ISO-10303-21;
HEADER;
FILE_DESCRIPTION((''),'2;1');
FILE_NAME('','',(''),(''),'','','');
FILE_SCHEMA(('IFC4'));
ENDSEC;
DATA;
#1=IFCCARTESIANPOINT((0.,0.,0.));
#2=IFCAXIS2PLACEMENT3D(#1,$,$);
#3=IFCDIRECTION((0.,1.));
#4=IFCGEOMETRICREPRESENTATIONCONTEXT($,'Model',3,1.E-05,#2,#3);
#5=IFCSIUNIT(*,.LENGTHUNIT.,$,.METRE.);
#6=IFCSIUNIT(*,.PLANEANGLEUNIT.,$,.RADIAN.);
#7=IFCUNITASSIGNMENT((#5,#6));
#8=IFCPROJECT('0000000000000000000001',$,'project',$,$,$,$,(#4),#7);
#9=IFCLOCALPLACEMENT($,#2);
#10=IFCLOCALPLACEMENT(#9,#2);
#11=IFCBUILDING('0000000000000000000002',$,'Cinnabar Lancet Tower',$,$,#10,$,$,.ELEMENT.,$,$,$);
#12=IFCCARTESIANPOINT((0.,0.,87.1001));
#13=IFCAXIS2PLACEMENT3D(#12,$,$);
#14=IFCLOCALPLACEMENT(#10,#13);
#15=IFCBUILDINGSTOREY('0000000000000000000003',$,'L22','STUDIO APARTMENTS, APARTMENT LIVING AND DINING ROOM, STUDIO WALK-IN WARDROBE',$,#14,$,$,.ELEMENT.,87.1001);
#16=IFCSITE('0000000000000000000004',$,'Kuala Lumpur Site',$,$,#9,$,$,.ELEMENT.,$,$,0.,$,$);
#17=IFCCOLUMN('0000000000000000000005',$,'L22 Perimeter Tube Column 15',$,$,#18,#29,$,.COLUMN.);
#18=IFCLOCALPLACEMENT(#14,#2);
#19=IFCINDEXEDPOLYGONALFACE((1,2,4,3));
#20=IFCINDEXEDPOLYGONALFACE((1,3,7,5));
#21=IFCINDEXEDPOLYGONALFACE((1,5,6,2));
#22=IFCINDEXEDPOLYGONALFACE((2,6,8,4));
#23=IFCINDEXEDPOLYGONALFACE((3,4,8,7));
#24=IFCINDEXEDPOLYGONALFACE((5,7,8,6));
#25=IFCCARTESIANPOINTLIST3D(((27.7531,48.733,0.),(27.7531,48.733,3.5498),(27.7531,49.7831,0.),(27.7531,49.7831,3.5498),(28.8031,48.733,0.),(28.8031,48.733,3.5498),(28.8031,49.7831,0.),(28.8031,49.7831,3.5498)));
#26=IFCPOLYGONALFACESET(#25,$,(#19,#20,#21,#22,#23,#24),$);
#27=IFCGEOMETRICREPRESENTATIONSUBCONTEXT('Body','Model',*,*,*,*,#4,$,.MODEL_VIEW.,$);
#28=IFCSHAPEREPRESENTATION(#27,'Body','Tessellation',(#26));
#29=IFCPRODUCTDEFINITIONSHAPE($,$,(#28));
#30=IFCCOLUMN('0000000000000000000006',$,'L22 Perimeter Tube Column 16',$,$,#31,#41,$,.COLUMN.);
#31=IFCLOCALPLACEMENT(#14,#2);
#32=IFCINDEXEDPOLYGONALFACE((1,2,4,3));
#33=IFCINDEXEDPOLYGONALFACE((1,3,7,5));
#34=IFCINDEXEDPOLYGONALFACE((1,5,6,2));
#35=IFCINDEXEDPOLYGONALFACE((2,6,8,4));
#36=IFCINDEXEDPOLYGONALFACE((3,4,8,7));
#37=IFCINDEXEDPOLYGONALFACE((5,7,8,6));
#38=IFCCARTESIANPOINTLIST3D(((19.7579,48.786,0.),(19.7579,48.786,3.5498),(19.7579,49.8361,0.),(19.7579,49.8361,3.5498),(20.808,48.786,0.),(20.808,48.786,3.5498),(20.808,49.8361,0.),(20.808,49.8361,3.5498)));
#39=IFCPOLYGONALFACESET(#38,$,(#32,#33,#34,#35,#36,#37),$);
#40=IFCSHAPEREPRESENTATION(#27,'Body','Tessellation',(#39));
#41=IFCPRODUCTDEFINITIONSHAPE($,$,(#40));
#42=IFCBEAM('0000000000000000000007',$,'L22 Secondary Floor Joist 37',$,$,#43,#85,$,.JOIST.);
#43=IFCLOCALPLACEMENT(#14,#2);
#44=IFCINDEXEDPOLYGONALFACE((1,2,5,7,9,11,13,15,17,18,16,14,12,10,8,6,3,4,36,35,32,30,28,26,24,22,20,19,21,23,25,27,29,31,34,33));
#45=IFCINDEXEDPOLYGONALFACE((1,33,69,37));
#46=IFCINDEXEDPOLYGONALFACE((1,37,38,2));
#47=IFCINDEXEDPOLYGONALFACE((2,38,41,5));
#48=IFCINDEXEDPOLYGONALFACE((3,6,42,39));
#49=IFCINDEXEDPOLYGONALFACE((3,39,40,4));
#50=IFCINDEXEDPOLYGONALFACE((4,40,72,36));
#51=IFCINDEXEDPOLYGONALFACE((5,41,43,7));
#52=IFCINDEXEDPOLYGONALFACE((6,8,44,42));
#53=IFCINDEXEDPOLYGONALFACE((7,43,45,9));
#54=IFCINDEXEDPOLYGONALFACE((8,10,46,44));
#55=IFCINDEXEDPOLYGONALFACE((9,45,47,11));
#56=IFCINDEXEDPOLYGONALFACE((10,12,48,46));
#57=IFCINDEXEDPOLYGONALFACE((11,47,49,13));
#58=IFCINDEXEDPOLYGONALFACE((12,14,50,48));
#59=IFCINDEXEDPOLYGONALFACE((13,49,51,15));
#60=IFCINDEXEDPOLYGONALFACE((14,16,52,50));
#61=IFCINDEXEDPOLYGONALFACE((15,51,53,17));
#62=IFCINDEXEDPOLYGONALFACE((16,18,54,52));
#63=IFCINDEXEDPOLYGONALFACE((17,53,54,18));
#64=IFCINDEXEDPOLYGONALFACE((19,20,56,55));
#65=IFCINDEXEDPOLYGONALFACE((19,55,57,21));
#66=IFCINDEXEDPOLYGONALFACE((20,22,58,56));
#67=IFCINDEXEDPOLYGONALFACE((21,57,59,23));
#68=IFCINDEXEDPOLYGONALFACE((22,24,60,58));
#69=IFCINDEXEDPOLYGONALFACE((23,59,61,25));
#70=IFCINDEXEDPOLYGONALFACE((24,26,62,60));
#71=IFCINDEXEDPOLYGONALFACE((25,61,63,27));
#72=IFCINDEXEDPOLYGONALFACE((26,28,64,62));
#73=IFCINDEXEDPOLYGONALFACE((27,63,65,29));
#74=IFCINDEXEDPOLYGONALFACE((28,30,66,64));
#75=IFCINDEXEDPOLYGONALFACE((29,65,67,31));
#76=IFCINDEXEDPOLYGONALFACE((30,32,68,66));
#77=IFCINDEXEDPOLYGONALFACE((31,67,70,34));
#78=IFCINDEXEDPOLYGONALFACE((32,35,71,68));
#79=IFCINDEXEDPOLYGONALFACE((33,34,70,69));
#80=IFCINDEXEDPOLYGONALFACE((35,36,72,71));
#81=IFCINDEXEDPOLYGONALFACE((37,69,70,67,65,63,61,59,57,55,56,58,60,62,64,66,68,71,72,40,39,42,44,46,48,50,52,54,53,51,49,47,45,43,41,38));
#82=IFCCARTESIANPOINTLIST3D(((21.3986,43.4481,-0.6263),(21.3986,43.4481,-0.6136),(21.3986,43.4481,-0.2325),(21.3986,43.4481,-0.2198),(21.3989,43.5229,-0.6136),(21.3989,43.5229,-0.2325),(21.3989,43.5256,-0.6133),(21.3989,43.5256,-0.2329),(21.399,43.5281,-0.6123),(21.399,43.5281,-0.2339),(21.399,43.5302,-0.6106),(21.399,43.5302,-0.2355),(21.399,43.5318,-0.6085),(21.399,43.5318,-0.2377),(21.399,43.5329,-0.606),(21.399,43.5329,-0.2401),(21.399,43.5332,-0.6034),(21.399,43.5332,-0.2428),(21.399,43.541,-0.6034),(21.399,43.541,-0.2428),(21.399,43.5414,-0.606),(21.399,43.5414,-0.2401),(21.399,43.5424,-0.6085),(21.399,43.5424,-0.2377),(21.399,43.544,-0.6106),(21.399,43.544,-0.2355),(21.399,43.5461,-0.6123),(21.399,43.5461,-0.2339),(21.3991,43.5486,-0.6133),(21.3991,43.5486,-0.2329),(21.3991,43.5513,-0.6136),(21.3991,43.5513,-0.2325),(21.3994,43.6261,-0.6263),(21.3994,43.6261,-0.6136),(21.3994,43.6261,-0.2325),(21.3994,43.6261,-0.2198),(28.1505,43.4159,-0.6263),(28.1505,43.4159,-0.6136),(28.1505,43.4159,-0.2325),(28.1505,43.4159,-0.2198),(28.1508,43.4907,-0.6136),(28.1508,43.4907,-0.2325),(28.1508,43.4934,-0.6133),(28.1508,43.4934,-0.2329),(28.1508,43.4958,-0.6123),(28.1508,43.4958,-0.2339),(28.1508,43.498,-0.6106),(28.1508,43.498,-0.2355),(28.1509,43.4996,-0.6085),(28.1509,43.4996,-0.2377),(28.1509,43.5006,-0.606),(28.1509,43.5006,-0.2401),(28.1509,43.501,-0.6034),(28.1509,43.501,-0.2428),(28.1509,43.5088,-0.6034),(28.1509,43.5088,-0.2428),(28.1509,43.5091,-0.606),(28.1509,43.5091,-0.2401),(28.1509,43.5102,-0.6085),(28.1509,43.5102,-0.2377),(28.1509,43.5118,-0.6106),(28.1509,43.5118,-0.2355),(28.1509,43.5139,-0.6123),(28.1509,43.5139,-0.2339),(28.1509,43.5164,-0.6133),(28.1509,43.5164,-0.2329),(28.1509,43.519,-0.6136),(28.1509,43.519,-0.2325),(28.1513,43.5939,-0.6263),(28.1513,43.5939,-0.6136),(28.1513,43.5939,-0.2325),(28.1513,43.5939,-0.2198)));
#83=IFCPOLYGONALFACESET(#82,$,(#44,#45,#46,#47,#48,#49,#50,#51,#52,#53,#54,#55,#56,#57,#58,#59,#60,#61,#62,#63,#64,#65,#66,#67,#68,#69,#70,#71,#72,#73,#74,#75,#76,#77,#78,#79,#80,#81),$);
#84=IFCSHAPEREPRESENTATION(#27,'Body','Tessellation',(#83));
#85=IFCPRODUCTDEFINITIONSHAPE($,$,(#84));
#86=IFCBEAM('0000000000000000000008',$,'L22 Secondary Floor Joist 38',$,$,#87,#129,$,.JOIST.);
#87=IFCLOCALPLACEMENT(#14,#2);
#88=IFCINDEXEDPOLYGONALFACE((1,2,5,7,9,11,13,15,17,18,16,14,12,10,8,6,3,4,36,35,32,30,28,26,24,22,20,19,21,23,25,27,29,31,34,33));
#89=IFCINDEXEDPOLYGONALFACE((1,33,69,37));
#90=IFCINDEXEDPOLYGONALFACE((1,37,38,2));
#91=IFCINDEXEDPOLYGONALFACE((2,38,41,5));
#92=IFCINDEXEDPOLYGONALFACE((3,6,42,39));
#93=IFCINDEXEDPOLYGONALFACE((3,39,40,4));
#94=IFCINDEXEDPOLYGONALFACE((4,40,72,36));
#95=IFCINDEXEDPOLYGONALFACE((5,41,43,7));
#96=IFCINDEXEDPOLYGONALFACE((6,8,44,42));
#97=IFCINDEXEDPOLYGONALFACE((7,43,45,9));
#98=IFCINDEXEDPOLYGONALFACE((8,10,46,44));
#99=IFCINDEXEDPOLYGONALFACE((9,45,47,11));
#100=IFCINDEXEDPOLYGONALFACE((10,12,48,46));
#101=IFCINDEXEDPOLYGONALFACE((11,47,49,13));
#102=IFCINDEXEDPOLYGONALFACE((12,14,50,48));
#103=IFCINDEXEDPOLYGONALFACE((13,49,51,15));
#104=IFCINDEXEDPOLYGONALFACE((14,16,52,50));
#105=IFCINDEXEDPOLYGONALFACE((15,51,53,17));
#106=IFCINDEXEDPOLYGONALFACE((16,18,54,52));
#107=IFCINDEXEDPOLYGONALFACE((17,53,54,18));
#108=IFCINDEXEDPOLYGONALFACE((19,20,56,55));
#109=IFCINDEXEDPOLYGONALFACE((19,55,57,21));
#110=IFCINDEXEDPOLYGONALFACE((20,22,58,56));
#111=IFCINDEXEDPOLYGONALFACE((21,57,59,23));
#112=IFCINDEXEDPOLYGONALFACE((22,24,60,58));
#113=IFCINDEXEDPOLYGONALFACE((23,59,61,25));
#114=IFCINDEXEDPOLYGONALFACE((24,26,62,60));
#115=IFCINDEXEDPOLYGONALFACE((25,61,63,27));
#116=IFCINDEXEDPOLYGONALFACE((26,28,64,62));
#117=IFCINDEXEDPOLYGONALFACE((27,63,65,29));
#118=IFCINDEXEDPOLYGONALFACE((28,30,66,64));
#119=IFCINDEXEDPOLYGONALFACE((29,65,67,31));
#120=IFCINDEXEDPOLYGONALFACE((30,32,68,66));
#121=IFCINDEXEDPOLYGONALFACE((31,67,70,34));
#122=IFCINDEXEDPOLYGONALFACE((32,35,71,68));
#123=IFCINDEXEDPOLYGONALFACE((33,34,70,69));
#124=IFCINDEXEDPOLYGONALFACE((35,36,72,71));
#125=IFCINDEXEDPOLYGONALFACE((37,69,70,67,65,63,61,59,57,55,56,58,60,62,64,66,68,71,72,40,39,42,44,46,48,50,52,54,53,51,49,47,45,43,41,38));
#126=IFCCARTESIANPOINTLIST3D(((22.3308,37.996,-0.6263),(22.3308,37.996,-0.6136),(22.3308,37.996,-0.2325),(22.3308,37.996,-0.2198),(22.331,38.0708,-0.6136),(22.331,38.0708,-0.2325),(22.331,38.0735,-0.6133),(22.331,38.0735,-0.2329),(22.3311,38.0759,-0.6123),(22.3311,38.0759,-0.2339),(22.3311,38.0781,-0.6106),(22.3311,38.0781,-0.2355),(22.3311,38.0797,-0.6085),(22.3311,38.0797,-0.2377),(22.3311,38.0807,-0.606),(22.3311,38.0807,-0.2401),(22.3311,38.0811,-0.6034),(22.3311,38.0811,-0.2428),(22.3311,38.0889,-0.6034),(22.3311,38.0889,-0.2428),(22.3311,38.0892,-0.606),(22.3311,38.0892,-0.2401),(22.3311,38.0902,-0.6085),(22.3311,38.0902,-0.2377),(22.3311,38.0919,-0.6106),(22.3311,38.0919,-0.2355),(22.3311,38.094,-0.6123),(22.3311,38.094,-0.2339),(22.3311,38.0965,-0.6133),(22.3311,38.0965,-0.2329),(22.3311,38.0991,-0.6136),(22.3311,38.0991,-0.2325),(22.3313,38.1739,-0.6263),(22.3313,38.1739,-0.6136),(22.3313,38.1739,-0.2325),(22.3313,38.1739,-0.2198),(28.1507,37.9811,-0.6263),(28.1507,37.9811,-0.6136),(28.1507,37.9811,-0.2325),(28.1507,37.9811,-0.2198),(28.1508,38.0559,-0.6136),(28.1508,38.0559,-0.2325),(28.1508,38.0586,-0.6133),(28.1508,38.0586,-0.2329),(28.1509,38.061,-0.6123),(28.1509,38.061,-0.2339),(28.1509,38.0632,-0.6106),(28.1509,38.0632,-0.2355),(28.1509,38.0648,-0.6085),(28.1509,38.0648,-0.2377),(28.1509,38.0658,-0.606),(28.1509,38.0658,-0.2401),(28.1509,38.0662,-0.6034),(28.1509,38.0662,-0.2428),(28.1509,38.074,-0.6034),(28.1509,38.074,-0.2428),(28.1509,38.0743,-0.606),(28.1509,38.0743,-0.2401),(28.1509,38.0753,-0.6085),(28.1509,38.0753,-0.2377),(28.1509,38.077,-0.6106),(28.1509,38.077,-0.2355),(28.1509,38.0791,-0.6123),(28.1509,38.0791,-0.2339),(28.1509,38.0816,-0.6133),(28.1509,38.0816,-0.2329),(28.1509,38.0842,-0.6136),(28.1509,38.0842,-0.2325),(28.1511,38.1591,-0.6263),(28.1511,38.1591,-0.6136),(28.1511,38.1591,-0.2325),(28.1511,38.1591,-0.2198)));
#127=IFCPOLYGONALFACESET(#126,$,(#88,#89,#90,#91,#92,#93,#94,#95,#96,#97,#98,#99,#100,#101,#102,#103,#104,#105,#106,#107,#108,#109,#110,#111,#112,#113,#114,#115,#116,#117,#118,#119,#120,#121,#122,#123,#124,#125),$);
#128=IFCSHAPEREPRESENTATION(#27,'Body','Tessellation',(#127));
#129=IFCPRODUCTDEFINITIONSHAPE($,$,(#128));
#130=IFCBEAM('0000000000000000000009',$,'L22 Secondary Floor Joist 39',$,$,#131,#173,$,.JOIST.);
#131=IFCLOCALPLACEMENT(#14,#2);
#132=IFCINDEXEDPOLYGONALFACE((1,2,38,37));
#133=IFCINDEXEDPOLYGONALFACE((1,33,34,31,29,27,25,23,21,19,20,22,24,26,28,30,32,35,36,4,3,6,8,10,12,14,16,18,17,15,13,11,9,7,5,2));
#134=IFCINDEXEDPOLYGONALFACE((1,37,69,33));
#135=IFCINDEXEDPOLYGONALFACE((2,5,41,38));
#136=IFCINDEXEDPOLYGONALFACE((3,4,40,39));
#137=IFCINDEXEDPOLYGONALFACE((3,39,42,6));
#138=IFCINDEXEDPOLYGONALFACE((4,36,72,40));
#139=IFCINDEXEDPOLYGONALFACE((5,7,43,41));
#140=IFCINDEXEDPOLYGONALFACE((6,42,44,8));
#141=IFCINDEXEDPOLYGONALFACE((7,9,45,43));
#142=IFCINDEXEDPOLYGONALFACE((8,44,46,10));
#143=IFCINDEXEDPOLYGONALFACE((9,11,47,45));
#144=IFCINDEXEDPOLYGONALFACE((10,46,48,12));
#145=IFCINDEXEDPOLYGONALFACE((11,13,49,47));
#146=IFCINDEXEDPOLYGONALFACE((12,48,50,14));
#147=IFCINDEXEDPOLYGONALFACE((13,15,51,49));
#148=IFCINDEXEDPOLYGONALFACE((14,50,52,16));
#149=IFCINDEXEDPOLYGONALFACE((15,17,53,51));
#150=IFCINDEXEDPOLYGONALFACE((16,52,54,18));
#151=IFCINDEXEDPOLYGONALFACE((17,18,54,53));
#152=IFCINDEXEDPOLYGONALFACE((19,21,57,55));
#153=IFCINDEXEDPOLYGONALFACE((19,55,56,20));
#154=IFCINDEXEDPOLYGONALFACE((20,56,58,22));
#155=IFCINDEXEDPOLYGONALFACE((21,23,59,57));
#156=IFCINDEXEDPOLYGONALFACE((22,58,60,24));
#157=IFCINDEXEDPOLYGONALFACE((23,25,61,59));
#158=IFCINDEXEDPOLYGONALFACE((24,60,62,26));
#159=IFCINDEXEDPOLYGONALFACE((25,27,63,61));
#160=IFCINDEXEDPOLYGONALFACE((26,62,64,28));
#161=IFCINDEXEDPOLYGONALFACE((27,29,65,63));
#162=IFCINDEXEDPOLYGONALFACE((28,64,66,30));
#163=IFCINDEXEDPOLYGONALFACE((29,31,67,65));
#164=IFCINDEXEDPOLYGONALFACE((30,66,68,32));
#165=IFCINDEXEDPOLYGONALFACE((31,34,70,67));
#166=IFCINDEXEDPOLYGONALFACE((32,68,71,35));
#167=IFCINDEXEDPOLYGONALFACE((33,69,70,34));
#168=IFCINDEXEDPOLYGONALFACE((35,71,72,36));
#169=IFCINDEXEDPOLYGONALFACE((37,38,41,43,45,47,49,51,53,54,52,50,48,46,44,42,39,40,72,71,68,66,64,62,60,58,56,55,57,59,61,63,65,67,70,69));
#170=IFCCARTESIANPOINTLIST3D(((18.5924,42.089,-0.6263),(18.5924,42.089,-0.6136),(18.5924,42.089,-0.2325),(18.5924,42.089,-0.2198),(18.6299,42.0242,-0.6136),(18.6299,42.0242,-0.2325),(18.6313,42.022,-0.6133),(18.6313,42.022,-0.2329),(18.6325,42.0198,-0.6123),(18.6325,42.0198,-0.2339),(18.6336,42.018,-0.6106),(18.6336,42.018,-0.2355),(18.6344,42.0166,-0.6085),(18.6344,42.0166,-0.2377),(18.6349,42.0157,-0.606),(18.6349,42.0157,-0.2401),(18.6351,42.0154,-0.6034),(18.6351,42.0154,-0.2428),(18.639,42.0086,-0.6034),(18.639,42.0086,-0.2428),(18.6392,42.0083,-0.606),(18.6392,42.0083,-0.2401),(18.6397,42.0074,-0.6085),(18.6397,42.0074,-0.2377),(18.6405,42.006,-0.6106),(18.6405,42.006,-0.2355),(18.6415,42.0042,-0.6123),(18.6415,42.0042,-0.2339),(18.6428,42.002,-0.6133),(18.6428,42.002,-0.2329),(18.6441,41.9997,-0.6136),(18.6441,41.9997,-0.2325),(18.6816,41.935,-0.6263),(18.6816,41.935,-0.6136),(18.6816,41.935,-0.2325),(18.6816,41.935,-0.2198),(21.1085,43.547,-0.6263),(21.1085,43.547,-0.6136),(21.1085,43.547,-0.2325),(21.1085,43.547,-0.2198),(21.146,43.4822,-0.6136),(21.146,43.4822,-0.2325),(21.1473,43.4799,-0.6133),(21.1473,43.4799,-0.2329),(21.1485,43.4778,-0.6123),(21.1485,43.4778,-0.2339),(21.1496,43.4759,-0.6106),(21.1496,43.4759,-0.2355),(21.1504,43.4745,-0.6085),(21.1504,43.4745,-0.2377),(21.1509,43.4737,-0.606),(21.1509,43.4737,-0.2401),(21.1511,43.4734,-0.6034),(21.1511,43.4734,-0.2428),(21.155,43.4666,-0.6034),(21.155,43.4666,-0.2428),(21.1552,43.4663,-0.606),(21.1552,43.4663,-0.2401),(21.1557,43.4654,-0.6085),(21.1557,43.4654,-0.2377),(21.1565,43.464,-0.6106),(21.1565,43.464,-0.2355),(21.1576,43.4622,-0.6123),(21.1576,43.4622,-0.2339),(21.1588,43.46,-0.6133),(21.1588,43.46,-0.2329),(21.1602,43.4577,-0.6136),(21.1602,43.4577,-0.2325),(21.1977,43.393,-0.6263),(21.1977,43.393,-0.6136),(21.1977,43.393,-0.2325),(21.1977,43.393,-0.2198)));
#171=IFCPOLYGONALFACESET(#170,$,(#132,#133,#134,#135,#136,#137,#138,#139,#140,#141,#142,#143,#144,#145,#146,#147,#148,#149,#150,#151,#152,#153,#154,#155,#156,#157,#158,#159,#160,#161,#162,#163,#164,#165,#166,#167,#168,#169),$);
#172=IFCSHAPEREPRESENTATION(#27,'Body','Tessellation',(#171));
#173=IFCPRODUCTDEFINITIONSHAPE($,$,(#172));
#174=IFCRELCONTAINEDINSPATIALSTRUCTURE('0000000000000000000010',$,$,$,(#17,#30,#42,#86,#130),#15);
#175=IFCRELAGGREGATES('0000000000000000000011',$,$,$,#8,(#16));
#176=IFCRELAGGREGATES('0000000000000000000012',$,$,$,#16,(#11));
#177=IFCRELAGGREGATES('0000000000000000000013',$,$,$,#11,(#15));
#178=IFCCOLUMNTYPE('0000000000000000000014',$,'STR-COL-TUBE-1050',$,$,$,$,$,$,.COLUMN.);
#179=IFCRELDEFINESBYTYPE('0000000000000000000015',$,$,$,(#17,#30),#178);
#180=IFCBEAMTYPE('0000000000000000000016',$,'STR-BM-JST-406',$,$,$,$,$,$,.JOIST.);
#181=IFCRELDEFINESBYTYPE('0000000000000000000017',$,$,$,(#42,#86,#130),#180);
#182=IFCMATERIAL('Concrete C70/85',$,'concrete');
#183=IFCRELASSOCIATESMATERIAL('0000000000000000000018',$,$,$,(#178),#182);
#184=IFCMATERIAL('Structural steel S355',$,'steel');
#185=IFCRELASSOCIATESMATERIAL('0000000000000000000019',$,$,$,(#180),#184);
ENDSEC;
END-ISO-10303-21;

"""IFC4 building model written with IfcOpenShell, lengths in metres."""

from ifc_helpers import new_model, si_unit, direction, frame, origin, origin_2d, place, context, subcontext, project, spatial, rectangle, i_section, extrude, material, material_profile, profile_set, type_object, element, save


model = new_model("IFC4")

# Units and contexts
model_context = context("Model", 3, precision=1e-05, world=origin(), true_north=direction((0.0, 1.0)))
body_context = subcontext(model_context, "Body", "Model", "MODEL_VIEW")
ifc_project = project(units=[si_unit("LENGTHUNIT", "METRE"), si_unit("PLANEANGLEUNIT", "RADIAN")], contexts=[model_context])

# Site, building, storey
site_placement = place(None, origin())
site = spatial("IfcSite", under=ifc_project, at=site_placement, Name="Kuala Lumpur Site", CompositionType="ELEMENT", RefElevation=0.0)
building_placement = place(site_placement, origin())
building = spatial("IfcBuilding", under=site, at=building_placement, Name="Cinnabar Lancet Tower", CompositionType="ELEMENT")
storey_placement = place(building_placement, frame((0.0, 0.0, 87.1001)))
storey = spatial("IfcBuildingStorey", under=building, at=storey_placement, Name="L22", Description="STUDIO APARTMENTS, APARTMENT LIVING AND DINING ROOM, STUDIO WALK-IN WARDROBE", CompositionType="ELEMENT", Elevation=87.1001)

# Columns
ifc_material_1 = material(Name="Concrete C70/85", Category="concrete")
ifc_material_profile_1 = material_profile(ifc_material_1, rectangle(XDim=1.05, YDim=1.05, at=origin_2d()), Name="RC-COL 1050x1050")
ifc_profile_set_1 = profile_set([ifc_material_profile_1], Name="Concrete C70/85")
column_type = type_object("IfcColumnType", Name="STR-COL-TUBE-1050", PredefinedType="COLUMN", material=ifc_profile_set_1)
for number, where, z_axis, x_axis, name in (
    (1, (28.2781, 49.2581, 0.0), (0.0, 0.0, 1.0), (1.0, 0.0, 0.0), "L22 Perimeter Tube Column 15"),
    (2, (20.283, 49.311, 0.0), (0.0, 0.0, 1.0), (1.0, 0.0, 0.0), "L22 Perimeter Tube Column 16"),
):
    element("IfcColumn", number, at=place(storey_placement, frame(where, z_axis=z_axis, x_axis=x_axis)), inside=storey, type_object=column_type, Name=name, PredefinedType="COLUMN", context=body_context, shape_type="SweptSolid", body=[
        extrude(rectangle(XDim=1.05, YDim=1.05, at=origin_2d()), origin(), (0.0, 0.0, 1.0), 3.5498),
    ])

# Beams
ifc_material_2 = material(Name="Structural steel S355", Category="steel")
ifc_material_profile_2 = material_profile(ifc_material_2, i_section(OverallWidth=0.178, OverallDepth=0.4065, WebThickness=0.0078, FlangeThickness=0.0127, FilletRadius=0.0103, at=origin_2d()), Name="UKB 406x178x60")
ifc_profile_set_2 = profile_set([ifc_material_profile_2], Name="Structural steel S355")
beam_type_1 = type_object("IfcBeamType", Name="STR-BM-JST-406", PredefinedType="JOIST", material=ifc_profile_set_2)
beam_1_placement = place(storey_placement, frame((28.1509, 43.5049, -0.4231), z_axis=(-0.999989, 0.004773, 0.0), x_axis=(-0.004773, -0.999989, 0.0)))
element("IfcBeam", 3, at=beam_1_placement, inside=storey, type_object=beam_type_1, Name="L22 Secondary Floor Joist 37", PredefinedType="JOIST", context=body_context, shape_type="SweptSolid", body=[
    extrude(i_section(OverallWidth=0.178, OverallDepth=0.4065, WebThickness=0.0078, FlangeThickness=0.0127, FilletRadius=0.0103, at=origin_2d()), origin(), (0.0, 0.0, 1.0), 6.752),
])
beam_2_placement = place(storey_placement, frame((28.1509, 38.0701, -0.4231), z_axis=(-0.999997, 0.002559, 0.0), x_axis=(-0.002559, -0.999997, 0.0)))
element("IfcBeam", 4, at=beam_2_placement, inside=storey, type_object=beam_type_1, Name="L22 Secondary Floor Joist 38", PredefinedType="JOIST", context=body_context, shape_type="SweptSolid", body=[
    extrude(i_section(OverallWidth=0.178, OverallDepth=0.4065, WebThickness=0.0078, FlangeThickness=0.0127, FilletRadius=0.0103, at=origin_2d()), origin(), (0.0, 0.0, 1.0), 5.8198),
])
beam_3_placement = place(storey_placement, frame((21.1531, 43.47, -0.4231), z_axis=(-0.865231, -0.501374, 0.0), x_axis=(0.501374, -0.865231, 0.0)))
element("IfcBeam", 5, at=beam_3_placement, inside=storey, type_object=beam_type_1, Name="L22 Secondary Floor Joist 39", PredefinedType="JOIST", context=body_context, shape_type="SweptSolid", body=[
    extrude(i_section(OverallWidth=0.178, OverallDepth=0.4065, WebThickness=0.0078, FlangeThickness=0.0127, FilletRadius=0.0103, at=origin_2d()), origin(), (0.0, 0.0, 1.0), 2.908),
])

save(model, "model.ifc")
